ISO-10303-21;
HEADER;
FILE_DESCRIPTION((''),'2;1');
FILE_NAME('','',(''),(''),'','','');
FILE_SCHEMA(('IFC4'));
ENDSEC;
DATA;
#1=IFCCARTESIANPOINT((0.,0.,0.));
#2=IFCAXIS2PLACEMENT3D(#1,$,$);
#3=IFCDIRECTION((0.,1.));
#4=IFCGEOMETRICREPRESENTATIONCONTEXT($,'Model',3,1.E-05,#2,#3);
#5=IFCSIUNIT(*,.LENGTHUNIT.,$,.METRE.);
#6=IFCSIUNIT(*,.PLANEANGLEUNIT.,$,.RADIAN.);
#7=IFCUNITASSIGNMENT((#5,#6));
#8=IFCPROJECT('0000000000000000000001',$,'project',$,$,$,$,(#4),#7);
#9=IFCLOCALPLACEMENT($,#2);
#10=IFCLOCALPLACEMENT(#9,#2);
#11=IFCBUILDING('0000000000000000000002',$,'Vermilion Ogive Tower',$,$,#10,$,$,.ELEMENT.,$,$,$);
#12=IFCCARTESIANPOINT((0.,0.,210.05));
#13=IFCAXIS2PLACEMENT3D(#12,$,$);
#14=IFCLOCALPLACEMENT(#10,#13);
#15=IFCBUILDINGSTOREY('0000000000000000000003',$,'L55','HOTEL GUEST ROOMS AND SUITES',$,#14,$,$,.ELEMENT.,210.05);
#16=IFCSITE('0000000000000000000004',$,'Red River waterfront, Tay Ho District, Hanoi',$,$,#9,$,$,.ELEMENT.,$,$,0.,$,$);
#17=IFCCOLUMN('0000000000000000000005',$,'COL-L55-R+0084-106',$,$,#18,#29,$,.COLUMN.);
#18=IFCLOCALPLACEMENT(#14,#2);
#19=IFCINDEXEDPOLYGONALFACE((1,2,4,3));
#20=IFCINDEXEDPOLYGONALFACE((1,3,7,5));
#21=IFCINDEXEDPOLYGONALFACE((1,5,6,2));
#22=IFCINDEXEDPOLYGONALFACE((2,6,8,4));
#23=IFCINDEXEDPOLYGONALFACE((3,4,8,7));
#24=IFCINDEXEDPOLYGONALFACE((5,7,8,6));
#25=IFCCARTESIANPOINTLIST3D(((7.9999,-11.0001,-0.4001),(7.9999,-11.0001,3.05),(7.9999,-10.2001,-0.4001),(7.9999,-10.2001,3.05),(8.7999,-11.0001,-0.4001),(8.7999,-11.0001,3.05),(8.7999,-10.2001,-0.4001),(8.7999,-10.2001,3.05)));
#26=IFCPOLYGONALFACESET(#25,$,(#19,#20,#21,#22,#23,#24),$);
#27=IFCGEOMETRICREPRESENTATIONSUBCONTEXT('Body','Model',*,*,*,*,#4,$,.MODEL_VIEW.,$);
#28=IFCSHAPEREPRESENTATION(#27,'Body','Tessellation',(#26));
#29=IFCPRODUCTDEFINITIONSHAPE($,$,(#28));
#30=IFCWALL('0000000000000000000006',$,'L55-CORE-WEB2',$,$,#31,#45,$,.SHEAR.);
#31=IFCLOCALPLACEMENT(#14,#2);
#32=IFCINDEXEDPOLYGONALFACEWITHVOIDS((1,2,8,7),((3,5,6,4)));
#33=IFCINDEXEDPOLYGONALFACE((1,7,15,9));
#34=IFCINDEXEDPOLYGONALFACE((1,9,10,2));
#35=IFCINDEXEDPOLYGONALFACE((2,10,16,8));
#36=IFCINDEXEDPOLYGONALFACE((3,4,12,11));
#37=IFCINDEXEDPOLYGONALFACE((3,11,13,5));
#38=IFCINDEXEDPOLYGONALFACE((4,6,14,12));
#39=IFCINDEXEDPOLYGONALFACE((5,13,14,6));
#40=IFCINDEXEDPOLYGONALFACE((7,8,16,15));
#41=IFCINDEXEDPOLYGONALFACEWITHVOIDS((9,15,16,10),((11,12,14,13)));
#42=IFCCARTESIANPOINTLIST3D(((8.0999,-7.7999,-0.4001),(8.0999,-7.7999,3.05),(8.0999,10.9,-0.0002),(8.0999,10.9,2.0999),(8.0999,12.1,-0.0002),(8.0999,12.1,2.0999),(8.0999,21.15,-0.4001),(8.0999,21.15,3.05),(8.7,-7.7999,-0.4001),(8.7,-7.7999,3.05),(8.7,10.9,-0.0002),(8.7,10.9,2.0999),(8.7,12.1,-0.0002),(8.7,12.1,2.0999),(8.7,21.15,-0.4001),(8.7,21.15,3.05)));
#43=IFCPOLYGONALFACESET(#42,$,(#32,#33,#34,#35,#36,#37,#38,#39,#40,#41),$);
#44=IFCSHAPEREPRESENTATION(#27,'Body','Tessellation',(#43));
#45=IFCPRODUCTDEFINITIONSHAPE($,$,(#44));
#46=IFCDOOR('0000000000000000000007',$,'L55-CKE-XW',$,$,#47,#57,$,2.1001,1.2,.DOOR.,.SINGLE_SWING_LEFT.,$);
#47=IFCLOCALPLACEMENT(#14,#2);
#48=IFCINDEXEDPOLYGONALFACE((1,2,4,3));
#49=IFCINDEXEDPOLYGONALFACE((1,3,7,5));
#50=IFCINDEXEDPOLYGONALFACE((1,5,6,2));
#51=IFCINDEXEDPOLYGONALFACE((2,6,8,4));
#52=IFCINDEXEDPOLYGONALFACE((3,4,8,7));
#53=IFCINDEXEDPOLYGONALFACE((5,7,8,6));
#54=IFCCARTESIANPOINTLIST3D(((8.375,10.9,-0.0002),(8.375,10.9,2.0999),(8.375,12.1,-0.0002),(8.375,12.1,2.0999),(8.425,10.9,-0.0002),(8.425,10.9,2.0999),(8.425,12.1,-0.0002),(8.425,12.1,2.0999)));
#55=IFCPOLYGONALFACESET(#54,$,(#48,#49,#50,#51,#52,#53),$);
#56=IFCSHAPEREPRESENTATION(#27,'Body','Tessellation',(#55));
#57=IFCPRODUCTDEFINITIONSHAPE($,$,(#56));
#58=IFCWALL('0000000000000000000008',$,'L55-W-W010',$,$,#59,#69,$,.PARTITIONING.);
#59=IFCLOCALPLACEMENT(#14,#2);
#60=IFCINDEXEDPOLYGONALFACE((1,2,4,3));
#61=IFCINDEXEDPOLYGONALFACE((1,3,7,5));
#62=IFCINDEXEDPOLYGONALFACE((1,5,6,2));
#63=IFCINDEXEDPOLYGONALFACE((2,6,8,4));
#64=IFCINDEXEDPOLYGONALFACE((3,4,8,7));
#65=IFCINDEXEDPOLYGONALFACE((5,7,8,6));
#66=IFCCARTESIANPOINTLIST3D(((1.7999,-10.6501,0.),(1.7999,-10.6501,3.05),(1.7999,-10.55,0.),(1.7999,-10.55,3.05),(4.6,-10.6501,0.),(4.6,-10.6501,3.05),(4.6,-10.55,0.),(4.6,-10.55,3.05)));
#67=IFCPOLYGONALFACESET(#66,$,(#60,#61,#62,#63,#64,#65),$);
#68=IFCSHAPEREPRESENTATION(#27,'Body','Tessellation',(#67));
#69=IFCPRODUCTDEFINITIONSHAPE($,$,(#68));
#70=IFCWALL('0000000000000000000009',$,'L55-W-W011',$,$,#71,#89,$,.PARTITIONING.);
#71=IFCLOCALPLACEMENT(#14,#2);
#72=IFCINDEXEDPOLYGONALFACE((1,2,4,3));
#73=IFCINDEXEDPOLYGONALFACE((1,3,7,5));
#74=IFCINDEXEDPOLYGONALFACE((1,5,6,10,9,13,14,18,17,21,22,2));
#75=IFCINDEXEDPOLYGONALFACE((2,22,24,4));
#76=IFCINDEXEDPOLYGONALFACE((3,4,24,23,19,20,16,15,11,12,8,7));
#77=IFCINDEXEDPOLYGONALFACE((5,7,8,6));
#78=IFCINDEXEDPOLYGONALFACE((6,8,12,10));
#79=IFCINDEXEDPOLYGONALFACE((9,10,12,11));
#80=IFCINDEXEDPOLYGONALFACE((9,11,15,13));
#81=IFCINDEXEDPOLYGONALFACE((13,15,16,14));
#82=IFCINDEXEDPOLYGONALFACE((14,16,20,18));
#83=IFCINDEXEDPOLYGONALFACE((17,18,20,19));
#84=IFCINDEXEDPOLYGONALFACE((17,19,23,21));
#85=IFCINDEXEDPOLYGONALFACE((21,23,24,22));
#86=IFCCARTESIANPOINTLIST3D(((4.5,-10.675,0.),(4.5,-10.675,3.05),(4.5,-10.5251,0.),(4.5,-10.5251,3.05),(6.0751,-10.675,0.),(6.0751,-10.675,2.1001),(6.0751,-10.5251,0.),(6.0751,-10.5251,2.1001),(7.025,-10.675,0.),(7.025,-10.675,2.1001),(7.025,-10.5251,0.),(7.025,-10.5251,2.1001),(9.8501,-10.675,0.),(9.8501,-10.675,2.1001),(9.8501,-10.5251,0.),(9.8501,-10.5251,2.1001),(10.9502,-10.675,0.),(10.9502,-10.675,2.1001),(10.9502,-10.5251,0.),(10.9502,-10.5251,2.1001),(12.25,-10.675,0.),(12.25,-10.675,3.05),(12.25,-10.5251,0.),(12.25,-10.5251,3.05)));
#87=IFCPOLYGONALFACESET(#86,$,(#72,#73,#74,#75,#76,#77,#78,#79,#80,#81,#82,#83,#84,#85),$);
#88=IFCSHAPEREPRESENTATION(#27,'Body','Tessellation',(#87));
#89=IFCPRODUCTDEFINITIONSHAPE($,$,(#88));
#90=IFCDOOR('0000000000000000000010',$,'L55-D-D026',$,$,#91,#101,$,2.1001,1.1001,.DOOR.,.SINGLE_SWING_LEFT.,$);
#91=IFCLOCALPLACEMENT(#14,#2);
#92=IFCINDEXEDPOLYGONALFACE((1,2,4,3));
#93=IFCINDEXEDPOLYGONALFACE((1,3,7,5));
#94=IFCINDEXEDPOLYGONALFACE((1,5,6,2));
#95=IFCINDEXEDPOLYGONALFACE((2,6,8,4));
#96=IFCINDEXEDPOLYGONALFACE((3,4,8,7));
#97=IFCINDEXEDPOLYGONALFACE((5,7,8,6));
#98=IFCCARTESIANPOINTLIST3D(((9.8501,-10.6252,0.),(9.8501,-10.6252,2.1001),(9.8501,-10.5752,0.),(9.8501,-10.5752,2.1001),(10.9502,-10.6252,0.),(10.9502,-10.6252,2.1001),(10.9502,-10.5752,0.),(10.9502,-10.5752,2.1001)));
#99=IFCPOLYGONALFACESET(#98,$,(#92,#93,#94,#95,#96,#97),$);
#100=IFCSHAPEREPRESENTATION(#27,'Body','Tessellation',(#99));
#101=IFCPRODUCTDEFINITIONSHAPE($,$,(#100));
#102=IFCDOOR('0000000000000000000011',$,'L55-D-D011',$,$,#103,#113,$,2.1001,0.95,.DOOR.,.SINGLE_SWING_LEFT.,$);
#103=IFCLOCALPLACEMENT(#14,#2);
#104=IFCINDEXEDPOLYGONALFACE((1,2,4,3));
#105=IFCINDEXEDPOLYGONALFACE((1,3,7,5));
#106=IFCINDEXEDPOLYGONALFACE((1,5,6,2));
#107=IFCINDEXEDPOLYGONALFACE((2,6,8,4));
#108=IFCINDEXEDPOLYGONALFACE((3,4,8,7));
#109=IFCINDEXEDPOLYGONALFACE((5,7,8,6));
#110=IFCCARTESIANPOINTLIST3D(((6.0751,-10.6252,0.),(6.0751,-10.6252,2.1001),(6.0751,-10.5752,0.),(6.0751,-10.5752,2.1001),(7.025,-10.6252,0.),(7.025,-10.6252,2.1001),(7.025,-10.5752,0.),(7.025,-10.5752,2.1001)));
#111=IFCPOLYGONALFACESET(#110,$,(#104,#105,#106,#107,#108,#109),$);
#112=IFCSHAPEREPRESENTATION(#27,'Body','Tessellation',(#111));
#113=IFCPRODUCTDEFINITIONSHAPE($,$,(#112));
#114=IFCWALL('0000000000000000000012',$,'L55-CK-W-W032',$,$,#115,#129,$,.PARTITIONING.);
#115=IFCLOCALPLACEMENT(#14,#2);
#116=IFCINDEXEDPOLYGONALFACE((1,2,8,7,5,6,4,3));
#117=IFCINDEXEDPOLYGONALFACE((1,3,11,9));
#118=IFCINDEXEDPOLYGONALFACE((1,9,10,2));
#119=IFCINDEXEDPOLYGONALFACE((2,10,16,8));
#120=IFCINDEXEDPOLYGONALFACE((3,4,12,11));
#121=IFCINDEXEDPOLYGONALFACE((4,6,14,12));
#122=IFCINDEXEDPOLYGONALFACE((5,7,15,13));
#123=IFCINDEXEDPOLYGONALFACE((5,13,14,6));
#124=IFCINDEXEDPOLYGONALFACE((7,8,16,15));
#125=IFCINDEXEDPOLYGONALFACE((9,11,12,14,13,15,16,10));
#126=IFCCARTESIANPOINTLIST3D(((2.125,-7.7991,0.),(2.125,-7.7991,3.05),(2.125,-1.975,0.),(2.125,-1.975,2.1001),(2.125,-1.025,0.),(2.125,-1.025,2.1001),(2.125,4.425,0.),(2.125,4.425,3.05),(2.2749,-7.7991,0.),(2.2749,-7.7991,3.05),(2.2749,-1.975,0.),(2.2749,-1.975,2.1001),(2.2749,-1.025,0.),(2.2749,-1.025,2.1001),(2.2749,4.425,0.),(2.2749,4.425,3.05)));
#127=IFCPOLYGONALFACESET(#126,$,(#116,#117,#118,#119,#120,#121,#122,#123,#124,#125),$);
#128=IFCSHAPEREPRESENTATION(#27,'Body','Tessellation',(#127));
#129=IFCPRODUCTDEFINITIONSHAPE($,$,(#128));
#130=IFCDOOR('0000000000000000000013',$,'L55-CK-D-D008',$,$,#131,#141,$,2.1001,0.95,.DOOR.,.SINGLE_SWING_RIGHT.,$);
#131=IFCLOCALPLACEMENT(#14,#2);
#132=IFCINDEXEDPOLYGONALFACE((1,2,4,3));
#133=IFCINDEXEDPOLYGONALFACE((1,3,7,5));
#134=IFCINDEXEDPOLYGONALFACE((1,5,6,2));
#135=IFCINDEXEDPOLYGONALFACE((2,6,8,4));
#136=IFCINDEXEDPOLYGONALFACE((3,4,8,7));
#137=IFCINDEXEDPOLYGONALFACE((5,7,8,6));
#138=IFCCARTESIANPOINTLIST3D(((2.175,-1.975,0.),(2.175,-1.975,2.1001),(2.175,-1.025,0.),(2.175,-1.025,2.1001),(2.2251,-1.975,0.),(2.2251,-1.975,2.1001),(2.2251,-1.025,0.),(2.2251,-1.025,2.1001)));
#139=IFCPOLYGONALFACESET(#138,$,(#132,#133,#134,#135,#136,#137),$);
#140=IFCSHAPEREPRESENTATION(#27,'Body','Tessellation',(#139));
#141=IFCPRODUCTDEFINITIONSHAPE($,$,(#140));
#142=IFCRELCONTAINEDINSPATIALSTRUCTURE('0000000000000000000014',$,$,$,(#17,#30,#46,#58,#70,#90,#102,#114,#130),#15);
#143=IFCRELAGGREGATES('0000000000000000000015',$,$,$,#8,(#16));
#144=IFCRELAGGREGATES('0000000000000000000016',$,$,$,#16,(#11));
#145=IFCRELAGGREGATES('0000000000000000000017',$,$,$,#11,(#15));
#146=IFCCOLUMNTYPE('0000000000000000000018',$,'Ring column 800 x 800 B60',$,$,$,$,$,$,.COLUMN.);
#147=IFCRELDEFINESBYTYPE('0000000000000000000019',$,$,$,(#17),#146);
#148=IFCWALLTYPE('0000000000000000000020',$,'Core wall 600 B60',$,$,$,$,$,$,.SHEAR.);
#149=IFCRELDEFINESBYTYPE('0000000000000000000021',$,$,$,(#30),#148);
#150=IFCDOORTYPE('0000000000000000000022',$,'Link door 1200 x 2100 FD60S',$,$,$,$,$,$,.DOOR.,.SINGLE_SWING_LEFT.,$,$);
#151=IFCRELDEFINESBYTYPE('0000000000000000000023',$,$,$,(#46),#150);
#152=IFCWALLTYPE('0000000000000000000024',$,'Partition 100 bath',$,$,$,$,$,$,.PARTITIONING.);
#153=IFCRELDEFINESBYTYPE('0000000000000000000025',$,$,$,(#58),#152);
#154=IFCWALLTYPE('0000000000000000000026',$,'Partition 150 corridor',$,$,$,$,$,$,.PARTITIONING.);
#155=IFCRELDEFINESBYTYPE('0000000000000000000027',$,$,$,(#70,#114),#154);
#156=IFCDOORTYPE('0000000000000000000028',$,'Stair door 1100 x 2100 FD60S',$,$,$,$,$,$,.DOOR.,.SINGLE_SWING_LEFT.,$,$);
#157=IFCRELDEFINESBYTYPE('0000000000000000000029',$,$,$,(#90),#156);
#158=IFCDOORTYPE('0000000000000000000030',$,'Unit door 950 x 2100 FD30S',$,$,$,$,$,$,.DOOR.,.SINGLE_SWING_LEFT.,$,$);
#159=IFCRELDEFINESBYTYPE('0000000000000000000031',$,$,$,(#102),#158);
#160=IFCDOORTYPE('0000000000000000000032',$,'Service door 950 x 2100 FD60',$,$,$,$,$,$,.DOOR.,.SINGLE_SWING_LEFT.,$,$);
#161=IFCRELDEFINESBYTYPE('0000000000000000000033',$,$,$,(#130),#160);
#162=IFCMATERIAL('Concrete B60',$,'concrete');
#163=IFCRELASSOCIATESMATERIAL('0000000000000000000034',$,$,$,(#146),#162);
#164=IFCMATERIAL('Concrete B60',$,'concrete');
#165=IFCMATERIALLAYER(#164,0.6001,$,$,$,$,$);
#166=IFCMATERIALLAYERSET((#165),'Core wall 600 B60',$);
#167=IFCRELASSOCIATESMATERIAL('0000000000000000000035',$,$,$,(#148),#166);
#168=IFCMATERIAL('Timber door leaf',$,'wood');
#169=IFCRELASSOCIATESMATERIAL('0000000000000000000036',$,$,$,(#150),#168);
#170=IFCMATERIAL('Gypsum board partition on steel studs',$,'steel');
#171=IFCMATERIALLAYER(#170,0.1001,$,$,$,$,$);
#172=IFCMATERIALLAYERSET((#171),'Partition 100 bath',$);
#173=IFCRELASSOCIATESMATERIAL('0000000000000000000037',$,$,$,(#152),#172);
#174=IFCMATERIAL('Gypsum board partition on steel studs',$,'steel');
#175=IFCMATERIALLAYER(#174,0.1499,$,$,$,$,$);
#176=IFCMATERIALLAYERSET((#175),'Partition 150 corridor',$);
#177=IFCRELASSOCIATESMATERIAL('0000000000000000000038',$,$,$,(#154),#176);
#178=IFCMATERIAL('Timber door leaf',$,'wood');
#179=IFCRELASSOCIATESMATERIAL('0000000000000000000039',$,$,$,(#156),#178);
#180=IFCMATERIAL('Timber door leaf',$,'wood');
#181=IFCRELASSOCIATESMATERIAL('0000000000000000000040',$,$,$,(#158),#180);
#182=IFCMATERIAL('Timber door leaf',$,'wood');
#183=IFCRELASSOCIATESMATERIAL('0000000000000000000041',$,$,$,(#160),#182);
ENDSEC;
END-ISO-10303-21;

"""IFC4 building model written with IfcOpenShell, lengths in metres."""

from ifc_helpers import new_model, si_unit, direction, frame, frame_2d, origin, origin_2d, place, context, subcontext, project, spatial, rectangle, extrude, material, layer, layer_set, material_profile, profile_set, type_object, element, fill, save


model = new_model("IFC4")

# Units and contexts
model_context = context("Model", 3, precision=1e-05, world=origin(), true_north=direction((0.0, 1.0)))
body_context = subcontext(model_context, "Body", "Model", "MODEL_VIEW")
ifc_project = project(units=[si_unit("LENGTHUNIT", "METRE"), si_unit("PLANEANGLEUNIT", "RADIAN")], contexts=[model_context])

# Site, building, storey
site_placement = place(None, origin())
site = spatial("IfcSite", under=ifc_project, at=site_placement, Name="Red River waterfront, Tay Ho District, Hanoi", CompositionType="ELEMENT", RefElevation=0.0)
building_placement = place(site_placement, origin())
building = spatial("IfcBuilding", under=site, at=building_placement, Name="Vermilion Ogive Tower", CompositionType="ELEMENT")
storey_placement = place(building_placement, frame((0.0, 0.0, 210.05)))
storey = spatial("IfcBuildingStorey", under=building, at=storey_placement, Name="L55", Description="HOTEL GUEST ROOMS AND SUITES", CompositionType="ELEMENT", Elevation=210.05)

# Column
ifc_material_1 = material(Name="Concrete B60", Category="concrete")
ifc_material_profile = material_profile(ifc_material_1, rectangle(XDim=0.8, YDim=0.8, at=origin_2d()), Name="800 x 800")
ifc_profile_set = profile_set([ifc_material_profile], Name="Concrete B60")
column_type = type_object("IfcColumnType", Name="Ring column 800 x 800 B60", PredefinedType="COLUMN", material=ifc_profile_set)
column_placement = place(storey_placement, frame((8.3999, -10.6001, -0.4001), z_axis=(0.0, 0.0, 1.0), x_axis=(1.0, 0.0, 0.0)))
element("IfcColumn", 1, at=column_placement, inside=storey, type_object=column_type, Name="COL-L55-R+0084-106", PredefinedType="COLUMN", context=body_context, shape_type="SweptSolid", body=[
    extrude(rectangle(XDim=0.8, YDim=0.8, at=origin_2d()), origin(), (0.0, 0.0, 1.0), 3.4502),
])

# Wall, opening, door
ifc_material_2 = material(Name="Concrete B60", Category="concrete")
ifc_layer_1 = layer(ifc_material_2, 0.6001)
ifc_layer_set_1 = layer_set([ifc_layer_1], Name="Core wall 600 B60")
wall_type_1 = type_object("IfcWallType", Name="Core wall 600 B60", PredefinedType="SHEAR", material=ifc_layer_set_1)
wall_1_placement = place(storey_placement, frame((8.3999, -7.8, -0.4001), z_axis=(0.0, 0.0, 1.0), x_axis=(0.0, 1.0, 0.0)))
wall_1 = element("IfcWall", 2, at=wall_1_placement, inside=storey, type_object=wall_type_1, Name="L55-CORE-WEB2", PredefinedType="SHEAR", context=body_context, shape_type="SweptSolid", body=[
    extrude(rectangle(XDim=28.95, YDim=0.6001, at=frame_2d((14.4751, 0.0))), origin(), (0.0, 0.0, 1.0), 3.4502),
])
opening_1_placement = place(wall_1_placement, frame((18.7, 0.0, 0.3999)))
opening_1 = element("IfcOpeningElement", 3, at=opening_1_placement, cuts=wall_1, PredefinedType="OPENING", context=body_context, shape_type="SweptSolid", body=[
    extrude(rectangle(XDim=1.2, YDim=2.1001, at=frame_2d((0.6001, 1.05))), frame((0.0, 0.3101, 0.0), z_axis=(0.0, -1.0, 0.0), x_axis=(1.0, 0.0, 0.0)), (0.0, 0.0, 1.0), 0.6201),
])
ifc_material_3 = material(Name="Timber door leaf", Category="wood")
door_type_1 = type_object("IfcDoorType", Name="Link door 1200 x 2100 FD60S", OperationType="SINGLE_SWING_LEFT", PredefinedType="DOOR", material=ifc_material_3)
door_1_placement = place(opening_1_placement, origin())
door_1 = element("IfcDoor", 4, at=door_1_placement, inside=storey, type_object=door_type_1, Name="L55-CKE-XW", OperationType="SINGLE_SWING_LEFT", OverallHeight=2.1001, OverallWidth=1.2, PredefinedType="DOOR", context=body_context, shape_type="SweptSolid", body=[
    extrude(rectangle(XDim=1.2, YDim=2.1001, at=frame_2d((0.6001, 1.05))), frame((0.0, 0.0249, 0.0), z_axis=(0.0, -1.0, 0.0), x_axis=(1.0, 0.0, 0.0)), (0.0, 0.0, 1.0), 0.05),
])
fill(opening_1, door_1)

# Wall
ifc_material_4 = material(Name="Gypsum board partition on steel studs", Category="steel")
ifc_layer_2 = layer(ifc_material_4, 0.1001)
ifc_layer_set_2 = layer_set([ifc_layer_2], Name="Partition 100 bath")
wall_type_2 = type_object("IfcWallType", Name="Partition 100 bath", PredefinedType="PARTITIONING", material=ifc_layer_set_2)
wall_2_placement = place(storey_placement, frame((1.8, -10.6001, 0.0), z_axis=(0.0, 0.0, 1.0), x_axis=(1.0, 0.0, 0.0)))
element("IfcWall", 5, at=wall_2_placement, inside=storey, type_object=wall_type_2, Name="L55-W-W010", PredefinedType="PARTITIONING", context=body_context, shape_type="SweptSolid", body=[
    extrude(rectangle(XDim=2.8, YDim=0.1001, at=frame_2d((1.3999, 0.0))), origin(), (0.0, 0.0, 1.0), 3.05),
])

# Wall, openings, doors
ifc_material_5 = material(Name="Gypsum board partition on steel studs", Category="steel")
ifc_layer_3 = layer(ifc_material_5, 0.1499)
ifc_layer_set_3 = layer_set([ifc_layer_3], Name="Partition 150 corridor")
wall_type_3 = type_object("IfcWallType", Name="Partition 150 corridor", PredefinedType="PARTITIONING", material=ifc_layer_set_3)
wall_3_placement = place(storey_placement, frame((4.5, -10.6001, 0.0), z_axis=(0.0, 0.0, 1.0), x_axis=(1.0, 0.0, 0.0)))
wall_3 = element("IfcWall", 6, at=wall_3_placement, inside=storey, type_object=wall_type_3, Name="L55-W-W011", PredefinedType="PARTITIONING", context=body_context, shape_type="SweptSolid", body=[
    extrude(rectangle(XDim=7.75, YDim=0.1499, at=frame_2d((3.875, 0.0))), origin(), (0.0, 0.0, 1.0), 3.05),
])
opening_2_placement = place(wall_3_placement, frame((1.575, 0.0, 0.0)))
opening_2 = element("IfcOpeningElement", 7, at=opening_2_placement, cuts=wall_3, PredefinedType="OPENING", context=body_context, shape_type="SweptSolid", body=[
    extrude(rectangle(XDim=0.95, YDim=2.1001, at=frame_2d((0.4751, 1.05))), frame((0.0, 0.085, 0.0), z_axis=(0.0, -1.0, 0.0), x_axis=(1.0, 0.0, 0.0)), (0.0, 0.0, 1.0), 0.1699),
])
opening_3_placement = place(wall_3_placement, frame((5.3501, 0.0, 0.0)))
opening_3 = element("IfcOpeningElement", 8, at=opening_3_placement, cuts=wall_3, PredefinedType="OPENING", context=body_context, shape_type="SweptSolid", body=[
    extrude(rectangle(XDim=1.1001, YDim=2.1001, at=frame_2d((0.55, 1.05))), frame((0.0, 0.085, 0.0), z_axis=(0.0, -1.0, 0.0), x_axis=(1.0, 0.0, 0.0)), (0.0, 0.0, 1.0), 0.1699),
])
ifc_material_6 = material(Name="Timber door leaf", Category="wood")
door_type_2 = type_object("IfcDoorType", Name="Stair door 1100 x 2100 FD60S", OperationType="SINGLE_SWING_LEFT", PredefinedType="DOOR", material=ifc_material_6)
door_2_placement = place(opening_3_placement, origin())
door_2 = element("IfcDoor", 9, at=door_2_placement, inside=storey, type_object=door_type_2, Name="L55-D-D026", OperationType="SINGLE_SWING_LEFT", OverallHeight=2.1001, OverallWidth=1.1001, PredefinedType="DOOR", context=body_context, shape_type="SweptSolid", body=[
    extrude(rectangle(XDim=1.1001, YDim=2.1001, at=frame_2d((0.55, 1.05))), frame((0.0, 0.0249, 0.0), z_axis=(0.0, -1.0, 0.0), x_axis=(1.0, 0.0, 0.0)), (0.0, 0.0, 1.0), 0.05),
])
fill(opening_3, door_2)
ifc_material_7 = material(Name="Timber door leaf", Category="wood")
door_type_3 = type_object("IfcDoorType", Name="Unit door 950 x 2100 FD30S", OperationType="SINGLE_SWING_LEFT", PredefinedType="DOOR", material=ifc_material_7)
door_3_placement = place(opening_2_placement, origin())
door_3 = element("IfcDoor", 10, at=door_3_placement, inside=storey, type_object=door_type_3, Name="L55-D-D011", OperationType="SINGLE_SWING_LEFT", OverallHeight=2.1001, OverallWidth=0.95, PredefinedType="DOOR", context=body_context, shape_type="SweptSolid", body=[
    extrude(rectangle(XDim=0.95, YDim=2.1001, at=frame_2d((0.4751, 1.05))), frame((0.0, 0.0249, 0.0), z_axis=(0.0, -1.0, 0.0), x_axis=(1.0, 0.0, 0.0)), (0.0, 0.0, 1.0), 0.05),
])
fill(opening_2, door_3)

# Wall, opening, door
wall_4_placement = place(storey_placement, frame((2.2, -7.7991, 0.0), z_axis=(0.0, 0.0, 1.0), x_axis=(0.0, 1.0, 0.0)))
wall_4 = element("IfcWall", 11, at=wall_4_placement, inside=storey, type_object=wall_type_3, Name="L55-CK-W-W032", PredefinedType="PARTITIONING", context=body_context, shape_type="SweptSolid", body=[
    extrude(rectangle(XDim=12.2241, YDim=0.1499, at=frame_2d((6.1121, 0.0))), origin(), (0.0, 0.0, 1.0), 3.05),
])
opening_4_placement = place(wall_4_placement, frame((5.824, 0.0, 0.0)))
opening_4 = element("IfcOpeningElement", 12, at=opening_4_placement, cuts=wall_4, PredefinedType="OPENING", context=body_context, shape_type="SweptSolid", body=[
    extrude(rectangle(XDim=0.95, YDim=2.1001, at=frame_2d((0.4751, 1.05))), frame((0.0, 0.085, 0.0), z_axis=(0.0, -1.0, 0.0), x_axis=(1.0, 0.0, 0.0)), (0.0, 0.0, 1.0), 0.1699),
])
ifc_material_8 = material(Name="Timber door leaf", Category="wood")
door_type_4 = type_object("IfcDoorType", Name="Service door 950 x 2100 FD60", OperationType="SINGLE_SWING_LEFT", PredefinedType="DOOR", material=ifc_material_8)
door_4_placement = place(opening_4_placement, origin())
door_4 = element("IfcDoor", 13, at=door_4_placement, inside=storey, type_object=door_type_4, Name="L55-CK-D-D008", OperationType="SINGLE_SWING_RIGHT", OverallHeight=2.1001, OverallWidth=0.95, PredefinedType="DOOR", context=body_context, shape_type="SweptSolid", body=[
    extrude(rectangle(XDim=0.95, YDim=2.1001, at=frame_2d((0.4751, 1.05))), frame((0.0, 0.0249, 0.0), z_axis=(0.0, -1.0, 0.0), x_axis=(1.0, 0.0, 0.0)), (0.0, 0.0, 1.0), 0.05),
])
fill(opening_4, door_4)

save(model, "model.ifc")
